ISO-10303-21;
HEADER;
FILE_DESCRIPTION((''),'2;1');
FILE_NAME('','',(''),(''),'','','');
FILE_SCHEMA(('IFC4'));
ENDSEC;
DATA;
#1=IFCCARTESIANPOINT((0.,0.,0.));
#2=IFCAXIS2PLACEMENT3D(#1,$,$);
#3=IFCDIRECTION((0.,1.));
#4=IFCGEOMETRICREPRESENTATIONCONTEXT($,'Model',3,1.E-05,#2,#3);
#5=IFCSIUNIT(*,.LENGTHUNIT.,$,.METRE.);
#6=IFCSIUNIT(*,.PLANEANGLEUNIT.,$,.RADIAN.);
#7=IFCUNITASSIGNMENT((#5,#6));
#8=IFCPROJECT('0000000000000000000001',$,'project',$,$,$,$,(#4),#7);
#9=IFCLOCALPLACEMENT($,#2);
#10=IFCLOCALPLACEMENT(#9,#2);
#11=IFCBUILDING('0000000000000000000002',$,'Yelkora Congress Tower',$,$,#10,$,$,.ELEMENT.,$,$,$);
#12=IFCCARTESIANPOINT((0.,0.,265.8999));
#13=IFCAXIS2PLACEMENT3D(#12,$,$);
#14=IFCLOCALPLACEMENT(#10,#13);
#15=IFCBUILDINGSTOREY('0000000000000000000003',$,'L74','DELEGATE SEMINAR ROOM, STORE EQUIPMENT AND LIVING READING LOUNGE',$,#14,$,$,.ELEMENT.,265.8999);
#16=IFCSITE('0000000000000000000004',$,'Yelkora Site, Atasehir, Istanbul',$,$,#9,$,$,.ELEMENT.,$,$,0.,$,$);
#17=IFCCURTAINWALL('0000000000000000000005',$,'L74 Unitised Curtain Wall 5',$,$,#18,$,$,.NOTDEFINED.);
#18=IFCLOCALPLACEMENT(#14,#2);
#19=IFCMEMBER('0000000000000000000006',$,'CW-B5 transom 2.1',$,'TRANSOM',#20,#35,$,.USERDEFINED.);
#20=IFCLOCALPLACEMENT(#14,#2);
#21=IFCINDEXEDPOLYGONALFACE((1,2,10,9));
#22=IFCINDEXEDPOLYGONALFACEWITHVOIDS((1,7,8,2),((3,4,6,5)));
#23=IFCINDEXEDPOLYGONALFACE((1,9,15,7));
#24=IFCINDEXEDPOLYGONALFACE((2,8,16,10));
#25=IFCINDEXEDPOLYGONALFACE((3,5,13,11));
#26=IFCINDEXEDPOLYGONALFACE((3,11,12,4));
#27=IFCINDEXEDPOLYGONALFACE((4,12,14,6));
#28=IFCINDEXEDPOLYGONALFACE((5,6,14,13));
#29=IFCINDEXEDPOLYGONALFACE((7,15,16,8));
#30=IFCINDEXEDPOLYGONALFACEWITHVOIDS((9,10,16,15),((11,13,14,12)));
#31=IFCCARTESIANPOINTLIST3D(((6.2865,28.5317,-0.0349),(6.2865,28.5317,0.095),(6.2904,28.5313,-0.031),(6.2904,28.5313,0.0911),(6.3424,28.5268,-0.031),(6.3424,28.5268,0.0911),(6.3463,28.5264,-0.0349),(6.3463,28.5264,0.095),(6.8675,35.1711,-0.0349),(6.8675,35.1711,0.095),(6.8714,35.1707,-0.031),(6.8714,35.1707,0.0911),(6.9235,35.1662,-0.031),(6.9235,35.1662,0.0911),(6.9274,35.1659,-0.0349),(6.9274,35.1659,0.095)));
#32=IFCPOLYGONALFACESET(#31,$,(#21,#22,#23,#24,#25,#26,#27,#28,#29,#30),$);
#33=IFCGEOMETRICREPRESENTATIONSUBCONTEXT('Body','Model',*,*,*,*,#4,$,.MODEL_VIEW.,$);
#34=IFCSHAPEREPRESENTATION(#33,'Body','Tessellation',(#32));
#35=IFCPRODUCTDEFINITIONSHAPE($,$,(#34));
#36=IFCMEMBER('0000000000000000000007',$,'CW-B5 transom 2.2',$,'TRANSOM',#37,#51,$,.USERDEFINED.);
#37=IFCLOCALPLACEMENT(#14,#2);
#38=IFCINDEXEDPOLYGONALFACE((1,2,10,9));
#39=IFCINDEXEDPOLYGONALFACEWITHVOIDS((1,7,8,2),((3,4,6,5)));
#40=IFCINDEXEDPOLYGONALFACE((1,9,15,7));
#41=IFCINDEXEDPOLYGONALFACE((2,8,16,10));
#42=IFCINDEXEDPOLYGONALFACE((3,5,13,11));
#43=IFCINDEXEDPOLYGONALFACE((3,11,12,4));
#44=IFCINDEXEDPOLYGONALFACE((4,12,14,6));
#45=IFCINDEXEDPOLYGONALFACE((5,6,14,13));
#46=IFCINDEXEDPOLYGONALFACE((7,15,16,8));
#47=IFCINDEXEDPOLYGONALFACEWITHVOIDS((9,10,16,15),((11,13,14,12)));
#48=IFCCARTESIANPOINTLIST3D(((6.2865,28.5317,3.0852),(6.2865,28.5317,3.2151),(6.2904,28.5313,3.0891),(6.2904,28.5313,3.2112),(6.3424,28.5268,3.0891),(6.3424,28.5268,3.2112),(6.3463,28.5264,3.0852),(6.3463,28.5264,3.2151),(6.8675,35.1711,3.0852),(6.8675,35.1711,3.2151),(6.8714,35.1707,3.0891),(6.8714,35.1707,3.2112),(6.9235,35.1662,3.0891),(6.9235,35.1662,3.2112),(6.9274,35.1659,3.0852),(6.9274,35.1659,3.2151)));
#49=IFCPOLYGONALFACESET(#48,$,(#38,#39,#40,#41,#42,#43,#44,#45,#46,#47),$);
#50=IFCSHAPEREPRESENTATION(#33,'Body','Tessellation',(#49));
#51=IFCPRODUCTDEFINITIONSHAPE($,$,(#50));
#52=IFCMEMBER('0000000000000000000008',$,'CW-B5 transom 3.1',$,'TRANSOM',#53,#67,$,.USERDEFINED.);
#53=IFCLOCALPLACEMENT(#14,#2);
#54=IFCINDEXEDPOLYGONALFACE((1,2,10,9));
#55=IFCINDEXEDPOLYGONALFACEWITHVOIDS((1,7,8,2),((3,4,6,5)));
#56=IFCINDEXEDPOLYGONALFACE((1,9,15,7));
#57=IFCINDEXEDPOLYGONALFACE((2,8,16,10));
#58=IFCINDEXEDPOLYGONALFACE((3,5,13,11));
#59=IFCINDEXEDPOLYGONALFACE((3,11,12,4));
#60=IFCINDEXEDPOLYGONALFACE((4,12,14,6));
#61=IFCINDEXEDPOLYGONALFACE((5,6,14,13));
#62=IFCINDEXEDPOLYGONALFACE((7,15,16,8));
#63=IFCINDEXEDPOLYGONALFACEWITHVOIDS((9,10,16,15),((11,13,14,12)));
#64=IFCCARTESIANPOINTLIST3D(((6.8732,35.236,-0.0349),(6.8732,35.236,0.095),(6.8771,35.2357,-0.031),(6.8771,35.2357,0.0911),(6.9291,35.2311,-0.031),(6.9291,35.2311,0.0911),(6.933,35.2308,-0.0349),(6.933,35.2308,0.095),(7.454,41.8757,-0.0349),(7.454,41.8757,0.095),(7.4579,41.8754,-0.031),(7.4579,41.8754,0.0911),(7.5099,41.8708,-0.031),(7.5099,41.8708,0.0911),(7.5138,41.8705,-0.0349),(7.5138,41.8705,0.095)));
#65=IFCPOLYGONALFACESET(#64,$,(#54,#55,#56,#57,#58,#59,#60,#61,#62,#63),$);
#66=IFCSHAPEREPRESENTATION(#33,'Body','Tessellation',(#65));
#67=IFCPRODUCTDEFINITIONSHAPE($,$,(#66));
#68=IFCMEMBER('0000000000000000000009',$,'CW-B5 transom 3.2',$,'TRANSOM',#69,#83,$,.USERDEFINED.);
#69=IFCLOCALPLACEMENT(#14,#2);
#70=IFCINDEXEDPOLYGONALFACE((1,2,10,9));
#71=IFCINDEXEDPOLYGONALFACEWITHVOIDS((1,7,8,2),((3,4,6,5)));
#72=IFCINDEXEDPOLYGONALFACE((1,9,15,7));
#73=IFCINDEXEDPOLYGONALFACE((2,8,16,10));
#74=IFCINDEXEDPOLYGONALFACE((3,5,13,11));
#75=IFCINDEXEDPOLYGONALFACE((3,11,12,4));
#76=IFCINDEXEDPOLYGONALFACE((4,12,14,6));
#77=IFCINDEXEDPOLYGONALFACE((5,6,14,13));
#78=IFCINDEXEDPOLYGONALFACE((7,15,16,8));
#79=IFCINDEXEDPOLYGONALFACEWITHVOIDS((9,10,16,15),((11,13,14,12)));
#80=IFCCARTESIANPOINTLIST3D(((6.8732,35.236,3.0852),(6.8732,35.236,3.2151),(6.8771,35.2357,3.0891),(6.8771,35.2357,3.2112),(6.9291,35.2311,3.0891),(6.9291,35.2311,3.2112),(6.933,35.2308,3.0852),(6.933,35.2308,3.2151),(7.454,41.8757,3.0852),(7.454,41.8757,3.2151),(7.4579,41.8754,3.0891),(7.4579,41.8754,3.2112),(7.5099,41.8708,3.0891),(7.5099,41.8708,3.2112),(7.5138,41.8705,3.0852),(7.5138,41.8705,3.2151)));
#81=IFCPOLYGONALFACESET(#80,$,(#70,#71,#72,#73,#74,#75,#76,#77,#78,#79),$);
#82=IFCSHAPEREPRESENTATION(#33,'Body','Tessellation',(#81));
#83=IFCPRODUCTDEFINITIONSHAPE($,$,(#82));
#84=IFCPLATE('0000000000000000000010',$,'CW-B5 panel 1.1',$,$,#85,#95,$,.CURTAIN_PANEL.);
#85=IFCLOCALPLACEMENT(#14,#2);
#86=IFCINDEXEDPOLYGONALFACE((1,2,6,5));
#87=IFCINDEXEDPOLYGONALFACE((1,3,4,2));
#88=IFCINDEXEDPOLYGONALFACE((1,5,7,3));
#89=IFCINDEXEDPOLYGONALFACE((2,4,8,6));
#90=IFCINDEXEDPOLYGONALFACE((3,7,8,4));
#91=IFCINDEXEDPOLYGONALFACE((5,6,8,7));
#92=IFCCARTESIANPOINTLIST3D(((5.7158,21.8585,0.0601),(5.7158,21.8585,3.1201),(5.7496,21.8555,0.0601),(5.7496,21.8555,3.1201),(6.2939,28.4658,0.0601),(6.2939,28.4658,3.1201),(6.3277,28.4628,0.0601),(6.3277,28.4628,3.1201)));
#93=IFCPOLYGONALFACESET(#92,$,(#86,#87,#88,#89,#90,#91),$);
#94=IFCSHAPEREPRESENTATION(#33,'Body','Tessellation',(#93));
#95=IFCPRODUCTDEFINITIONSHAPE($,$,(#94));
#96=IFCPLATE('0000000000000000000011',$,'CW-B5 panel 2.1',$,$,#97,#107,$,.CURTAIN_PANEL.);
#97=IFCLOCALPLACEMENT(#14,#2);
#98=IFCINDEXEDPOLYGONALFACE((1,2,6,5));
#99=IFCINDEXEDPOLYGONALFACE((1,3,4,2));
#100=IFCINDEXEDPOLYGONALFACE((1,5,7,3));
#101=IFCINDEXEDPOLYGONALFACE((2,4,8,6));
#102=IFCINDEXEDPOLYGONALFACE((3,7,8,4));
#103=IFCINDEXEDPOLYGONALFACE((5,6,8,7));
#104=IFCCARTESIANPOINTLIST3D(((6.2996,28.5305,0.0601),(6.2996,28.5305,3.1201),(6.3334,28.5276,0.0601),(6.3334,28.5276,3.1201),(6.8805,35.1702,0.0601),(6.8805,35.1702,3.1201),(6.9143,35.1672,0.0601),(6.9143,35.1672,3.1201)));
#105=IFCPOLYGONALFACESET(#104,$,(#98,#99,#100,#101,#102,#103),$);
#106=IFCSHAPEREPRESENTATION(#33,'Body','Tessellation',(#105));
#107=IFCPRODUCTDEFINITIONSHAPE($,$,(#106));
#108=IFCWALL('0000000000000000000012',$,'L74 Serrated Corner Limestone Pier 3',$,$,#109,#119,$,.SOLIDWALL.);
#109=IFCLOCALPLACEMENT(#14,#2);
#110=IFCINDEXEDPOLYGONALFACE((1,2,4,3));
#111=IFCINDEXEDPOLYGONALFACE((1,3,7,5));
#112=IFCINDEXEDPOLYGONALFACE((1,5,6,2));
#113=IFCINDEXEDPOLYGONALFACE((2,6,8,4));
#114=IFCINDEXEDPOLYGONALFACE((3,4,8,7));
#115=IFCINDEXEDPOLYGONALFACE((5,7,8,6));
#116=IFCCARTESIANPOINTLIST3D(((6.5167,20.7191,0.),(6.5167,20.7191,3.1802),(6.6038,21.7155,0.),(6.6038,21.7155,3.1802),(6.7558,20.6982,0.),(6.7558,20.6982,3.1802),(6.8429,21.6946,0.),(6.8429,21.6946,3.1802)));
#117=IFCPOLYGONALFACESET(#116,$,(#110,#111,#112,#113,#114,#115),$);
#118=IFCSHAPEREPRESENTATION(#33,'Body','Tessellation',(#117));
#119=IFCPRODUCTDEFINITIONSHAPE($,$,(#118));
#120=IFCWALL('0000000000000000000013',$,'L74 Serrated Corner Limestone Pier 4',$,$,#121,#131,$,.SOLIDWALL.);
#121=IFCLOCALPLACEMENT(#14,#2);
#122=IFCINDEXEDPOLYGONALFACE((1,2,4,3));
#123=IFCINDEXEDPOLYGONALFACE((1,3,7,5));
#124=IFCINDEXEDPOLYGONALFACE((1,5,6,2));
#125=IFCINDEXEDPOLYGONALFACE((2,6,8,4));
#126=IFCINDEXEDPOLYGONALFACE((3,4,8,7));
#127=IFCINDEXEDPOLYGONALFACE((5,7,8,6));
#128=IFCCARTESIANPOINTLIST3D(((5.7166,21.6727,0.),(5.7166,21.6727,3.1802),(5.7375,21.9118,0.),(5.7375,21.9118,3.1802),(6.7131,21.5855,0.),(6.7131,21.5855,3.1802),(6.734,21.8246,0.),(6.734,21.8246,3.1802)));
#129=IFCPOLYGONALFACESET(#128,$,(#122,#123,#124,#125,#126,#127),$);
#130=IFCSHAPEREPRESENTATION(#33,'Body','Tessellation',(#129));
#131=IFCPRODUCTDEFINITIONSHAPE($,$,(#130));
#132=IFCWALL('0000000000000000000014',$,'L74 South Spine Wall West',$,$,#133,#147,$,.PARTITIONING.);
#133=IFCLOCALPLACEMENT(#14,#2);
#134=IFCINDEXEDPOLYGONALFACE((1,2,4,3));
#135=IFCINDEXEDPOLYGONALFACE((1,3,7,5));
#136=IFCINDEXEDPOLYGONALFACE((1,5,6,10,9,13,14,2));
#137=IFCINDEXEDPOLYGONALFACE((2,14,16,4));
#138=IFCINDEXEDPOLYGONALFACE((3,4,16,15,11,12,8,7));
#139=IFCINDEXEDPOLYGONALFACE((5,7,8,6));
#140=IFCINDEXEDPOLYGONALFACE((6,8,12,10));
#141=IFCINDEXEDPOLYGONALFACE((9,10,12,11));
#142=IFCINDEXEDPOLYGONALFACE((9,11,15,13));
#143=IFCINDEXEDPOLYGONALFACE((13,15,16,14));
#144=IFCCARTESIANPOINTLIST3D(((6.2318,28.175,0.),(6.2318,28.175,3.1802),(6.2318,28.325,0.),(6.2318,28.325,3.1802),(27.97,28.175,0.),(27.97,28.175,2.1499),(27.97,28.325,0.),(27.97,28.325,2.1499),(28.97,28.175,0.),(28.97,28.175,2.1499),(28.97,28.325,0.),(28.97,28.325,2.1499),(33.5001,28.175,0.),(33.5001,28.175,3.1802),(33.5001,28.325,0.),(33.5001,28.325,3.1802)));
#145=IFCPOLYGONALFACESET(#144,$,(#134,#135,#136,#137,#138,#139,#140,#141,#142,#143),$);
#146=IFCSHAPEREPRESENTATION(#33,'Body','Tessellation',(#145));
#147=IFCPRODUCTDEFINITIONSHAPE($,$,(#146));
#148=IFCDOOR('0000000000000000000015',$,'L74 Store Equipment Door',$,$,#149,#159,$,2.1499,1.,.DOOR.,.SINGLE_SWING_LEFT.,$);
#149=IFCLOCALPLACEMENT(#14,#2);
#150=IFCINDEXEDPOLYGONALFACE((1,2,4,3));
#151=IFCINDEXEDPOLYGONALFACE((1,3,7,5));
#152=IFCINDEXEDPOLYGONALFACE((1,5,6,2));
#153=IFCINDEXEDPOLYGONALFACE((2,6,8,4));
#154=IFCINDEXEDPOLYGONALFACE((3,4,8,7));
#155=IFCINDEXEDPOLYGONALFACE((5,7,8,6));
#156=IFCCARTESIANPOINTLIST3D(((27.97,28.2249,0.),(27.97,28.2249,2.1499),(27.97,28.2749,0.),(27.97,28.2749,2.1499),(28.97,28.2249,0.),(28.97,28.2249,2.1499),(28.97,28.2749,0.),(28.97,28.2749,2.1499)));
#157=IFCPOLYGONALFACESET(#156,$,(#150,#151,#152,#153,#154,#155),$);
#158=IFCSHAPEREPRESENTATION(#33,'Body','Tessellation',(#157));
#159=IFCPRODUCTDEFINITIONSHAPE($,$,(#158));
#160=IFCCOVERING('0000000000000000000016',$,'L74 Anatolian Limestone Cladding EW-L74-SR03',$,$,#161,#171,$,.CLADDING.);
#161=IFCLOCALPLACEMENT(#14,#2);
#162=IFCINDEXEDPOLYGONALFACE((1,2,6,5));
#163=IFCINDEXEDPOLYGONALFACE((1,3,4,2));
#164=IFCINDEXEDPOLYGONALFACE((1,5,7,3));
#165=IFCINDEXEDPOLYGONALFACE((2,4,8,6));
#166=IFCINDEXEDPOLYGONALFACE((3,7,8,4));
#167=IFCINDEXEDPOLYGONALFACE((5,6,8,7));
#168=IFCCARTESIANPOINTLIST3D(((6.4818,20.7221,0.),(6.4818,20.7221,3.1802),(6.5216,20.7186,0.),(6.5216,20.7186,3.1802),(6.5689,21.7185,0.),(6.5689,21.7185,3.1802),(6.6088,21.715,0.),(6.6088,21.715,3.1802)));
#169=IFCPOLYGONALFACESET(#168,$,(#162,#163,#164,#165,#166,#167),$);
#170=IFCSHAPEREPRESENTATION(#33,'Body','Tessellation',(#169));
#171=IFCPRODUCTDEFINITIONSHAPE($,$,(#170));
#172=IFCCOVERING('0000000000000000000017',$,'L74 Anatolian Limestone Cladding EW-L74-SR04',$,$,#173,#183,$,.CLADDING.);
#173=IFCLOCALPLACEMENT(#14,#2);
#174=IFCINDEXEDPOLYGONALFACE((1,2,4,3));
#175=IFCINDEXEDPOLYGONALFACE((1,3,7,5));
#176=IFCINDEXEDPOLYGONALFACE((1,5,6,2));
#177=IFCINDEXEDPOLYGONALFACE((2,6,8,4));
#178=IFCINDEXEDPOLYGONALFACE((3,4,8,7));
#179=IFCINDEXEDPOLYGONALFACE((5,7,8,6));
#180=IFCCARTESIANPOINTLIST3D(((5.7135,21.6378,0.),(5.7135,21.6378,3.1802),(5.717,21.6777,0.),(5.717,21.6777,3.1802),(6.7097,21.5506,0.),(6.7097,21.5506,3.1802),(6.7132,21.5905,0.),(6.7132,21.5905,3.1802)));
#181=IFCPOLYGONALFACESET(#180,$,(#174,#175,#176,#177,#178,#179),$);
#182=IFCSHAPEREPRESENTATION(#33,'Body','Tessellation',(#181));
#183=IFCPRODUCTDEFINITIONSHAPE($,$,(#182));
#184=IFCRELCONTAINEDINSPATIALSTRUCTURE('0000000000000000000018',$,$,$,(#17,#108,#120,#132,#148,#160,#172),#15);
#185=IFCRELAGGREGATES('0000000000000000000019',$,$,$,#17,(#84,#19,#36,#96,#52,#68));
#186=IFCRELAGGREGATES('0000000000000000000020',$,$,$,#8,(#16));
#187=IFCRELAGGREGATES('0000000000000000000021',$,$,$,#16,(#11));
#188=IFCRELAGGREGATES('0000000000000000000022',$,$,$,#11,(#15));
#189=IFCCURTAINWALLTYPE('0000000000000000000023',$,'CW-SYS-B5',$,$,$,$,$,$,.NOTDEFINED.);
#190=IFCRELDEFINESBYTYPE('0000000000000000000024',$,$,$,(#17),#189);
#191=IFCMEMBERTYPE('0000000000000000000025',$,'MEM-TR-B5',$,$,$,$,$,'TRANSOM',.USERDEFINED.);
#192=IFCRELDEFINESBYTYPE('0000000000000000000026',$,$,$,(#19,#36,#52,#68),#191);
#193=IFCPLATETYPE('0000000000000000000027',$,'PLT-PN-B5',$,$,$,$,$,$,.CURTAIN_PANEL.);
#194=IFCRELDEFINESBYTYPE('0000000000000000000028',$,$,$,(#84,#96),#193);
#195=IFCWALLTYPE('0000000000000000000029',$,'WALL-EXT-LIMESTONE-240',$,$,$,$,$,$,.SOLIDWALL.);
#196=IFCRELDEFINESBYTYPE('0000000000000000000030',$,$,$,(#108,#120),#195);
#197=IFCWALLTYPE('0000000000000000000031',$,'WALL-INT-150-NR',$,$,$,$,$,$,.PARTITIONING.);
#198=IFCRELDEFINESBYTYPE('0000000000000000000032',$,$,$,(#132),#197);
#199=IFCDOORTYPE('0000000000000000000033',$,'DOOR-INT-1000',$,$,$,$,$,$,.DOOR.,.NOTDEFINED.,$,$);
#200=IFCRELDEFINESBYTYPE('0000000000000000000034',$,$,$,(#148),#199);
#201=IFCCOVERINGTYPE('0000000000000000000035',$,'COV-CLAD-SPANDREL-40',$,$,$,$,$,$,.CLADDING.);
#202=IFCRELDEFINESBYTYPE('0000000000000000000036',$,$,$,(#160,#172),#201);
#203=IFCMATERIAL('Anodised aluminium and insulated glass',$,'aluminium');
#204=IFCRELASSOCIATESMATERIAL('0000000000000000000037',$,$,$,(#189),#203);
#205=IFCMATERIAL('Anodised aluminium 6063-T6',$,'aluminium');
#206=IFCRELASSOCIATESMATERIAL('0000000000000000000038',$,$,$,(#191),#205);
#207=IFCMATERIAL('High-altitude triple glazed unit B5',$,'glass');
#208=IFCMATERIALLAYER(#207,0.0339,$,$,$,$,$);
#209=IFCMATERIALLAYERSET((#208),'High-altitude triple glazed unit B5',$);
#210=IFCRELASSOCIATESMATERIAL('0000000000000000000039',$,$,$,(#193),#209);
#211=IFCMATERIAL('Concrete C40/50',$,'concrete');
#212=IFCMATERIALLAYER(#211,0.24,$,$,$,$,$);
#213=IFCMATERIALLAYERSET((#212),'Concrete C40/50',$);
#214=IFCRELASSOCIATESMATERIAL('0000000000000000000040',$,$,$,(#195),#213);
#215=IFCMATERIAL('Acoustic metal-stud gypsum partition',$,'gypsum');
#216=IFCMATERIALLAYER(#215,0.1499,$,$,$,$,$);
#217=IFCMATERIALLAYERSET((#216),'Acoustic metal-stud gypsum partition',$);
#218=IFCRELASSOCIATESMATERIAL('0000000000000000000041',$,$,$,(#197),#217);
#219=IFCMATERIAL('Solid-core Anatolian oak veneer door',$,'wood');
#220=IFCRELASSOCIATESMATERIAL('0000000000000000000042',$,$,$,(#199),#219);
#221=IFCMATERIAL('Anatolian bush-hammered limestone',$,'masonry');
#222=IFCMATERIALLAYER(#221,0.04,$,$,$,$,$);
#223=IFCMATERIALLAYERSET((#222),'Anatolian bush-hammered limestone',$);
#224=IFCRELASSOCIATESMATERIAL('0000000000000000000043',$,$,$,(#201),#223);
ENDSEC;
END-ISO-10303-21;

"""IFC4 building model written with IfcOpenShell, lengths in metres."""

from ifc_helpers import new_model, si_unit, direction, frame, frame_2d, origin, origin_2d, place, context, subcontext, project, spatial, rectangle, hollow_rectangle, extrude, material, layer, layer_set, material_profile, profile_set, type_object, element, fill, aggregate, save


model = new_model("IFC4")

# Units and contexts
model_context = context("Model", 3, precision=1e-05, world=origin(), true_north=direction((0.0, 1.0)))
body_context = subcontext(model_context, "Body", "Model", "MODEL_VIEW")
ifc_project = project(units=[si_unit("LENGTHUNIT", "METRE"), si_unit("PLANEANGLEUNIT", "RADIAN")], contexts=[model_context])

# Site, building, storey
site_placement = place(None, origin())
site = spatial("IfcSite", under=ifc_project, at=site_placement, Name="Yelkora Site, Atasehir, Istanbul", CompositionType="ELEMENT", RefElevation=0.0)
building_placement = place(site_placement, origin())
building = spatial("IfcBuilding", under=site, at=building_placement, Name="Yelkora Congress Tower", CompositionType="ELEMENT")
storey_placement = place(building_placement, frame((0.0, 0.0, 265.8999)))
storey = spatial("IfcBuildingStorey", under=building, at=storey_placement, Name="L74", Description="DELEGATE SEMINAR ROOM, STORE EQUIPMENT AND LIVING READING LOUNGE", CompositionType="ELEMENT", Elevation=265.8999)

# Curtain wall, members, plates
ifc_material_1 = material(Name="Anodised aluminium and insulated glass", Category="aluminium")
curtain_wall_type = type_object("IfcCurtainWallType", Name="CW-SYS-B5", PredefinedType="NOTDEFINED", material=ifc_material_1)
curtain_wall_placement = place(storey_placement, origin())
curtain_wall = element("IfcCurtainWall", 1, at=curtain_wall_placement, inside=storey, type_object=curtain_wall_type, Name="L74 Unitised Curtain Wall 5", PredefinedType="NOTDEFINED")
ifc_material_2 = material(Name="Anodised aluminium 6063-T6", Category="aluminium")
ifc_material_profile_1 = material_profile(ifc_material_2, hollow_rectangle(XDim=0.0601, YDim=0.1299, WallThickness=0.0039, at=origin_2d()), Name="ALU 60x130x4")
ifc_profile_set_1 = profile_set([ifc_material_profile_1], Name="Anodised aluminium 6063-T6")
member_type_1 = type_object("IfcMemberType", Name="MEM-TR-B5", ElementType="TRANSOM", PredefinedType="USERDEFINED", material=ifc_profile_set_1)
member_1_placement = place(storey_placement, frame((6.3164, 28.5291, 0.03), z_axis=(0.087183, 0.996192, 0.0), x_axis=(-0.996192, 0.087183, 0.0)))
member_1 = element("IfcMember", 2, at=member_1_placement, type_object=member_type_1, Name="CW-B5 transom 2.1", ObjectType="TRANSOM", PredefinedType="USERDEFINED", context=body_context, shape_type="SweptSolid", body=[
    extrude(hollow_rectangle(XDim=0.0601, YDim=0.1299, WallThickness=0.0039, at=origin_2d()), origin(), (0.0, 0.0, 1.0), 6.6648),
])
member_2_placement = place(storey_placement, frame((6.3164, 28.5291, 3.1501), z_axis=(0.087183, 0.996192, 0.0), x_axis=(-0.996192, 0.087183, 0.0)))
member_2 = element("IfcMember", 3, at=member_2_placement, type_object=member_type_1, Name="CW-B5 transom 2.2", ObjectType="TRANSOM", PredefinedType="USERDEFINED", context=body_context, shape_type="SweptSolid", body=[
    extrude(hollow_rectangle(XDim=0.0601, YDim=0.1299, WallThickness=0.0039, at=origin_2d()), origin(), (0.0, 0.0, 1.0), 6.6648),
])
member_3_placement = place(storey_placement, frame((6.9031, 35.2334, 0.03), z_axis=(0.087143, 0.996196, 0.0), x_axis=(-0.996196, 0.087143, 0.0)))
member_3 = element("IfcMember", 4, at=member_3_placement, type_object=member_type_1, Name="CW-B5 transom 3.1", ObjectType="TRANSOM", PredefinedType="USERDEFINED", context=body_context, shape_type="SweptSolid", body=[
    extrude(hollow_rectangle(XDim=0.0601, YDim=0.1299, WallThickness=0.0039, at=origin_2d()), origin(), (0.0, 0.0, 1.0), 6.665),
])
member_4_placement = place(storey_placement, frame((6.9031, 35.2334, 3.1501), z_axis=(0.087143, 0.996196, 0.0), x_axis=(-0.996196, 0.087143, 0.0)))
member_4 = element("IfcMember", 5, at=member_4_placement, type_object=member_type_1, Name="CW-B5 transom 3.2", ObjectType="TRANSOM", PredefinedType="USERDEFINED", context=body_context, shape_type="SweptSolid", body=[
    extrude(hollow_rectangle(XDim=0.0601, YDim=0.1299, WallThickness=0.0039, at=origin_2d()), origin(), (0.0, 0.0, 1.0), 6.665),
])
ifc_material_3 = material(Name="High-altitude triple glazed unit B5", Category="glass")
ifc_layer_1 = layer(ifc_material_3, 0.0339)
ifc_layer_set_1 = layer_set([ifc_layer_1], Name="High-altitude triple glazed unit B5")
plate_type = type_object("IfcPlateType", Name="PLT-PN-B5", PredefinedType="CURTAIN_PANEL", material=ifc_layer_set_1)
plate_1_placement = place(storey_placement, frame((6.0217, 25.1606, 0.0601), z_axis=(0.0, 0.0, 1.0), x_axis=(0.087155, 0.996195, 0.0)))
plate_1 = element("IfcPlate", 6, at=plate_1_placement, type_object=plate_type, Name="CW-B5 panel 1.1", PredefinedType="CURTAIN_PANEL", context=body_context, shape_type="SweptSolid", body=[
    extrude(rectangle(XDim=6.6326, YDim=0.0339, at=origin_2d()), origin(), (0.0, 0.0, 1.0), 3.0601),
])
plate_2_placement = place(storey_placement, frame((6.6069, 31.8489, 0.0601), z_axis=(0.0, 0.0, 1.0), x_axis=(0.087155, 0.996195, 0.0)))
plate_2 = element("IfcPlate", 7, at=plate_2_placement, type_object=plate_type, Name="CW-B5 panel 2.1", PredefinedType="CURTAIN_PANEL", context=body_context, shape_type="SweptSolid", body=[
    extrude(rectangle(XDim=6.665, YDim=0.0339, at=origin_2d()), origin(), (0.0, 0.0, 1.0), 3.0601),
])
aggregate(curtain_wall, [plate_1, member_1, member_2, plate_2, member_3, member_4])

# Walls
ifc_material_4 = material(Name="Concrete C40/50", Category="concrete")
ifc_layer_2 = layer(ifc_material_4, 0.24)
ifc_layer_set_2 = layer_set([ifc_layer_2], Name="Concrete C40/50")
wall_type_1 = type_object("IfcWallType", Name="WALL-EXT-LIMESTONE-240", PredefinedType="SOLIDWALL", material=ifc_layer_set_2)
for number, where, z_axis, x_axis, name in (
    (8, (6.6362, 20.7087, 0.0), (0.0, 0.0, 1.0), (0.087146, 0.996196, 0.0), "L74 Serrated Corner Limestone Pier 3"),
    (9, (6.7234, 21.7051, 0.0), (0.0, 0.0, 1.0), (-0.996196, 0.087146, 0.0), "L74 Serrated Corner Limestone Pier 4"),
):
    element("IfcWall", number, at=place(storey_placement, frame(where, z_axis=z_axis, x_axis=x_axis)), inside=storey, type_object=wall_type_1, Name=name, PredefinedType="SOLIDWALL", context=body_context, shape_type="SweptSolid", body=[
        extrude(rectangle(XDim=1.0002, YDim=0.24, at=frame_2d((0.5, 0.0))), origin(), (0.0, 0.0, 1.0), 3.1802),
    ])

# Wall, opening, door
ifc_material_5 = material(Name="Acoustic metal-stud gypsum partition", Category="gypsum")
ifc_layer_3 = layer(ifc_material_5, 0.1499)
ifc_layer_set_3 = layer_set([ifc_layer_3], Name="Acoustic metal-stud gypsum partition")
wall_type_2 = type_object("IfcWallType", Name="WALL-INT-150-NR", PredefinedType="PARTITIONING", material=ifc_layer_set_3)
wall_placement = place(storey_placement, frame((6.2317, 28.25, 0.0), z_axis=(0.0, 0.0, 1.0), x_axis=(1.0, 0.0, 0.0)))
wall = element("IfcWall", 10, at=wall_placement, inside=storey, type_object=wall_type_2, Name="L74 South Spine Wall West", PredefinedType="PARTITIONING", context=body_context, shape_type="SweptSolid", body=[
    extrude(rectangle(XDim=27.2683, YDim=0.1499, at=frame_2d((13.6343, 0.0))), origin(), (0.0, 0.0, 1.0), 3.1802),
])
opening_placement = place(wall_placement, frame((21.7383, 0.0, 0.0)))
opening = element("IfcOpeningElement", 11, at=opening_placement, cuts=wall, PredefinedType="OPENING", context=body_context, shape_type="SweptSolid", body=[
    extrude(rectangle(XDim=1.0, YDim=2.1499, at=frame_2d((0.5, 1.075))), frame((0.0, 0.085, 0.0), z_axis=(0.0, -1.0, 0.0), x_axis=(1.0, 0.0, 0.0)), (0.0, 0.0, 1.0), 0.1699),
])
ifc_material_6 = material(Name="Solid-core Anatolian oak veneer door", Category="wood")
door_type = type_object("IfcDoorType", Name="DOOR-INT-1000", OperationType="NOTDEFINED", PredefinedType="DOOR", material=ifc_material_6)
door_placement = place(opening_placement, origin())
door = element("IfcDoor", 12, at=door_placement, inside=storey, type_object=door_type, Name="L74 Store Equipment Door", OperationType="SINGLE_SWING_LEFT", OverallHeight=2.1499, OverallWidth=1.0, PredefinedType="DOOR", context=body_context, shape_type="SweptSolid", body=[
    extrude(rectangle(XDim=1.0, YDim=2.1499, at=frame_2d((0.5, 1.075))), frame((0.0, 0.0249, 0.0), z_axis=(0.0, -1.0, 0.0), x_axis=(1.0, 0.0, 0.0)), (0.0, 0.0, 1.0), 0.05),
])
fill(opening, door)

# Coverings
ifc_material_7 = material(Name="Anatolian bush-hammered limestone", Category="masonry")
ifc_layer_4 = layer(ifc_material_7, 0.04)
ifc_layer_set_4 = layer_set([ifc_layer_4], Name="Anatolian bush-hammered limestone")
covering_type = type_object("IfcCoveringType", Name="COV-CLAD-SPANDREL-40", PredefinedType="CLADDING", material=ifc_layer_set_4)
covering_1_placement = place(storey_placement, frame((6.5017, 20.7205, 0.0), z_axis=(0.0, 0.0, 1.0), x_axis=(0.087146, 0.996196, 0.0)))
element("IfcCovering", 13, at=covering_1_placement, inside=storey, type_object=covering_type, Name="L74 Anatolian Limestone Cladding EW-L74-SR03", PredefinedType="CLADDING", context=body_context, shape_type="SweptSolid", body=[
    extrude(rectangle(XDim=1.0002, YDim=0.04, at=frame_2d((0.5, 0.0))), origin(), (0.0, 0.0, 1.0), 3.1802),
])
covering_2_placement = place(storey_placement, frame((6.7114, 21.5706, 0.0), z_axis=(0.0, 0.0, 1.0), x_axis=(-0.996194, 0.087167, 0.0)))
element("IfcCovering", 14, at=covering_2_placement, inside=storey, type_object=covering_type, Name="L74 Anatolian Limestone Cladding EW-L74-SR04", PredefinedType="CLADDING", context=body_context, shape_type="SweptSolid", body=[
    extrude(rectangle(XDim=1.0, YDim=0.04, at=frame_2d((0.5, 0.0))), origin(), (0.0, 0.0, 1.0), 3.1802),
])

save(model, "model.ifc")
